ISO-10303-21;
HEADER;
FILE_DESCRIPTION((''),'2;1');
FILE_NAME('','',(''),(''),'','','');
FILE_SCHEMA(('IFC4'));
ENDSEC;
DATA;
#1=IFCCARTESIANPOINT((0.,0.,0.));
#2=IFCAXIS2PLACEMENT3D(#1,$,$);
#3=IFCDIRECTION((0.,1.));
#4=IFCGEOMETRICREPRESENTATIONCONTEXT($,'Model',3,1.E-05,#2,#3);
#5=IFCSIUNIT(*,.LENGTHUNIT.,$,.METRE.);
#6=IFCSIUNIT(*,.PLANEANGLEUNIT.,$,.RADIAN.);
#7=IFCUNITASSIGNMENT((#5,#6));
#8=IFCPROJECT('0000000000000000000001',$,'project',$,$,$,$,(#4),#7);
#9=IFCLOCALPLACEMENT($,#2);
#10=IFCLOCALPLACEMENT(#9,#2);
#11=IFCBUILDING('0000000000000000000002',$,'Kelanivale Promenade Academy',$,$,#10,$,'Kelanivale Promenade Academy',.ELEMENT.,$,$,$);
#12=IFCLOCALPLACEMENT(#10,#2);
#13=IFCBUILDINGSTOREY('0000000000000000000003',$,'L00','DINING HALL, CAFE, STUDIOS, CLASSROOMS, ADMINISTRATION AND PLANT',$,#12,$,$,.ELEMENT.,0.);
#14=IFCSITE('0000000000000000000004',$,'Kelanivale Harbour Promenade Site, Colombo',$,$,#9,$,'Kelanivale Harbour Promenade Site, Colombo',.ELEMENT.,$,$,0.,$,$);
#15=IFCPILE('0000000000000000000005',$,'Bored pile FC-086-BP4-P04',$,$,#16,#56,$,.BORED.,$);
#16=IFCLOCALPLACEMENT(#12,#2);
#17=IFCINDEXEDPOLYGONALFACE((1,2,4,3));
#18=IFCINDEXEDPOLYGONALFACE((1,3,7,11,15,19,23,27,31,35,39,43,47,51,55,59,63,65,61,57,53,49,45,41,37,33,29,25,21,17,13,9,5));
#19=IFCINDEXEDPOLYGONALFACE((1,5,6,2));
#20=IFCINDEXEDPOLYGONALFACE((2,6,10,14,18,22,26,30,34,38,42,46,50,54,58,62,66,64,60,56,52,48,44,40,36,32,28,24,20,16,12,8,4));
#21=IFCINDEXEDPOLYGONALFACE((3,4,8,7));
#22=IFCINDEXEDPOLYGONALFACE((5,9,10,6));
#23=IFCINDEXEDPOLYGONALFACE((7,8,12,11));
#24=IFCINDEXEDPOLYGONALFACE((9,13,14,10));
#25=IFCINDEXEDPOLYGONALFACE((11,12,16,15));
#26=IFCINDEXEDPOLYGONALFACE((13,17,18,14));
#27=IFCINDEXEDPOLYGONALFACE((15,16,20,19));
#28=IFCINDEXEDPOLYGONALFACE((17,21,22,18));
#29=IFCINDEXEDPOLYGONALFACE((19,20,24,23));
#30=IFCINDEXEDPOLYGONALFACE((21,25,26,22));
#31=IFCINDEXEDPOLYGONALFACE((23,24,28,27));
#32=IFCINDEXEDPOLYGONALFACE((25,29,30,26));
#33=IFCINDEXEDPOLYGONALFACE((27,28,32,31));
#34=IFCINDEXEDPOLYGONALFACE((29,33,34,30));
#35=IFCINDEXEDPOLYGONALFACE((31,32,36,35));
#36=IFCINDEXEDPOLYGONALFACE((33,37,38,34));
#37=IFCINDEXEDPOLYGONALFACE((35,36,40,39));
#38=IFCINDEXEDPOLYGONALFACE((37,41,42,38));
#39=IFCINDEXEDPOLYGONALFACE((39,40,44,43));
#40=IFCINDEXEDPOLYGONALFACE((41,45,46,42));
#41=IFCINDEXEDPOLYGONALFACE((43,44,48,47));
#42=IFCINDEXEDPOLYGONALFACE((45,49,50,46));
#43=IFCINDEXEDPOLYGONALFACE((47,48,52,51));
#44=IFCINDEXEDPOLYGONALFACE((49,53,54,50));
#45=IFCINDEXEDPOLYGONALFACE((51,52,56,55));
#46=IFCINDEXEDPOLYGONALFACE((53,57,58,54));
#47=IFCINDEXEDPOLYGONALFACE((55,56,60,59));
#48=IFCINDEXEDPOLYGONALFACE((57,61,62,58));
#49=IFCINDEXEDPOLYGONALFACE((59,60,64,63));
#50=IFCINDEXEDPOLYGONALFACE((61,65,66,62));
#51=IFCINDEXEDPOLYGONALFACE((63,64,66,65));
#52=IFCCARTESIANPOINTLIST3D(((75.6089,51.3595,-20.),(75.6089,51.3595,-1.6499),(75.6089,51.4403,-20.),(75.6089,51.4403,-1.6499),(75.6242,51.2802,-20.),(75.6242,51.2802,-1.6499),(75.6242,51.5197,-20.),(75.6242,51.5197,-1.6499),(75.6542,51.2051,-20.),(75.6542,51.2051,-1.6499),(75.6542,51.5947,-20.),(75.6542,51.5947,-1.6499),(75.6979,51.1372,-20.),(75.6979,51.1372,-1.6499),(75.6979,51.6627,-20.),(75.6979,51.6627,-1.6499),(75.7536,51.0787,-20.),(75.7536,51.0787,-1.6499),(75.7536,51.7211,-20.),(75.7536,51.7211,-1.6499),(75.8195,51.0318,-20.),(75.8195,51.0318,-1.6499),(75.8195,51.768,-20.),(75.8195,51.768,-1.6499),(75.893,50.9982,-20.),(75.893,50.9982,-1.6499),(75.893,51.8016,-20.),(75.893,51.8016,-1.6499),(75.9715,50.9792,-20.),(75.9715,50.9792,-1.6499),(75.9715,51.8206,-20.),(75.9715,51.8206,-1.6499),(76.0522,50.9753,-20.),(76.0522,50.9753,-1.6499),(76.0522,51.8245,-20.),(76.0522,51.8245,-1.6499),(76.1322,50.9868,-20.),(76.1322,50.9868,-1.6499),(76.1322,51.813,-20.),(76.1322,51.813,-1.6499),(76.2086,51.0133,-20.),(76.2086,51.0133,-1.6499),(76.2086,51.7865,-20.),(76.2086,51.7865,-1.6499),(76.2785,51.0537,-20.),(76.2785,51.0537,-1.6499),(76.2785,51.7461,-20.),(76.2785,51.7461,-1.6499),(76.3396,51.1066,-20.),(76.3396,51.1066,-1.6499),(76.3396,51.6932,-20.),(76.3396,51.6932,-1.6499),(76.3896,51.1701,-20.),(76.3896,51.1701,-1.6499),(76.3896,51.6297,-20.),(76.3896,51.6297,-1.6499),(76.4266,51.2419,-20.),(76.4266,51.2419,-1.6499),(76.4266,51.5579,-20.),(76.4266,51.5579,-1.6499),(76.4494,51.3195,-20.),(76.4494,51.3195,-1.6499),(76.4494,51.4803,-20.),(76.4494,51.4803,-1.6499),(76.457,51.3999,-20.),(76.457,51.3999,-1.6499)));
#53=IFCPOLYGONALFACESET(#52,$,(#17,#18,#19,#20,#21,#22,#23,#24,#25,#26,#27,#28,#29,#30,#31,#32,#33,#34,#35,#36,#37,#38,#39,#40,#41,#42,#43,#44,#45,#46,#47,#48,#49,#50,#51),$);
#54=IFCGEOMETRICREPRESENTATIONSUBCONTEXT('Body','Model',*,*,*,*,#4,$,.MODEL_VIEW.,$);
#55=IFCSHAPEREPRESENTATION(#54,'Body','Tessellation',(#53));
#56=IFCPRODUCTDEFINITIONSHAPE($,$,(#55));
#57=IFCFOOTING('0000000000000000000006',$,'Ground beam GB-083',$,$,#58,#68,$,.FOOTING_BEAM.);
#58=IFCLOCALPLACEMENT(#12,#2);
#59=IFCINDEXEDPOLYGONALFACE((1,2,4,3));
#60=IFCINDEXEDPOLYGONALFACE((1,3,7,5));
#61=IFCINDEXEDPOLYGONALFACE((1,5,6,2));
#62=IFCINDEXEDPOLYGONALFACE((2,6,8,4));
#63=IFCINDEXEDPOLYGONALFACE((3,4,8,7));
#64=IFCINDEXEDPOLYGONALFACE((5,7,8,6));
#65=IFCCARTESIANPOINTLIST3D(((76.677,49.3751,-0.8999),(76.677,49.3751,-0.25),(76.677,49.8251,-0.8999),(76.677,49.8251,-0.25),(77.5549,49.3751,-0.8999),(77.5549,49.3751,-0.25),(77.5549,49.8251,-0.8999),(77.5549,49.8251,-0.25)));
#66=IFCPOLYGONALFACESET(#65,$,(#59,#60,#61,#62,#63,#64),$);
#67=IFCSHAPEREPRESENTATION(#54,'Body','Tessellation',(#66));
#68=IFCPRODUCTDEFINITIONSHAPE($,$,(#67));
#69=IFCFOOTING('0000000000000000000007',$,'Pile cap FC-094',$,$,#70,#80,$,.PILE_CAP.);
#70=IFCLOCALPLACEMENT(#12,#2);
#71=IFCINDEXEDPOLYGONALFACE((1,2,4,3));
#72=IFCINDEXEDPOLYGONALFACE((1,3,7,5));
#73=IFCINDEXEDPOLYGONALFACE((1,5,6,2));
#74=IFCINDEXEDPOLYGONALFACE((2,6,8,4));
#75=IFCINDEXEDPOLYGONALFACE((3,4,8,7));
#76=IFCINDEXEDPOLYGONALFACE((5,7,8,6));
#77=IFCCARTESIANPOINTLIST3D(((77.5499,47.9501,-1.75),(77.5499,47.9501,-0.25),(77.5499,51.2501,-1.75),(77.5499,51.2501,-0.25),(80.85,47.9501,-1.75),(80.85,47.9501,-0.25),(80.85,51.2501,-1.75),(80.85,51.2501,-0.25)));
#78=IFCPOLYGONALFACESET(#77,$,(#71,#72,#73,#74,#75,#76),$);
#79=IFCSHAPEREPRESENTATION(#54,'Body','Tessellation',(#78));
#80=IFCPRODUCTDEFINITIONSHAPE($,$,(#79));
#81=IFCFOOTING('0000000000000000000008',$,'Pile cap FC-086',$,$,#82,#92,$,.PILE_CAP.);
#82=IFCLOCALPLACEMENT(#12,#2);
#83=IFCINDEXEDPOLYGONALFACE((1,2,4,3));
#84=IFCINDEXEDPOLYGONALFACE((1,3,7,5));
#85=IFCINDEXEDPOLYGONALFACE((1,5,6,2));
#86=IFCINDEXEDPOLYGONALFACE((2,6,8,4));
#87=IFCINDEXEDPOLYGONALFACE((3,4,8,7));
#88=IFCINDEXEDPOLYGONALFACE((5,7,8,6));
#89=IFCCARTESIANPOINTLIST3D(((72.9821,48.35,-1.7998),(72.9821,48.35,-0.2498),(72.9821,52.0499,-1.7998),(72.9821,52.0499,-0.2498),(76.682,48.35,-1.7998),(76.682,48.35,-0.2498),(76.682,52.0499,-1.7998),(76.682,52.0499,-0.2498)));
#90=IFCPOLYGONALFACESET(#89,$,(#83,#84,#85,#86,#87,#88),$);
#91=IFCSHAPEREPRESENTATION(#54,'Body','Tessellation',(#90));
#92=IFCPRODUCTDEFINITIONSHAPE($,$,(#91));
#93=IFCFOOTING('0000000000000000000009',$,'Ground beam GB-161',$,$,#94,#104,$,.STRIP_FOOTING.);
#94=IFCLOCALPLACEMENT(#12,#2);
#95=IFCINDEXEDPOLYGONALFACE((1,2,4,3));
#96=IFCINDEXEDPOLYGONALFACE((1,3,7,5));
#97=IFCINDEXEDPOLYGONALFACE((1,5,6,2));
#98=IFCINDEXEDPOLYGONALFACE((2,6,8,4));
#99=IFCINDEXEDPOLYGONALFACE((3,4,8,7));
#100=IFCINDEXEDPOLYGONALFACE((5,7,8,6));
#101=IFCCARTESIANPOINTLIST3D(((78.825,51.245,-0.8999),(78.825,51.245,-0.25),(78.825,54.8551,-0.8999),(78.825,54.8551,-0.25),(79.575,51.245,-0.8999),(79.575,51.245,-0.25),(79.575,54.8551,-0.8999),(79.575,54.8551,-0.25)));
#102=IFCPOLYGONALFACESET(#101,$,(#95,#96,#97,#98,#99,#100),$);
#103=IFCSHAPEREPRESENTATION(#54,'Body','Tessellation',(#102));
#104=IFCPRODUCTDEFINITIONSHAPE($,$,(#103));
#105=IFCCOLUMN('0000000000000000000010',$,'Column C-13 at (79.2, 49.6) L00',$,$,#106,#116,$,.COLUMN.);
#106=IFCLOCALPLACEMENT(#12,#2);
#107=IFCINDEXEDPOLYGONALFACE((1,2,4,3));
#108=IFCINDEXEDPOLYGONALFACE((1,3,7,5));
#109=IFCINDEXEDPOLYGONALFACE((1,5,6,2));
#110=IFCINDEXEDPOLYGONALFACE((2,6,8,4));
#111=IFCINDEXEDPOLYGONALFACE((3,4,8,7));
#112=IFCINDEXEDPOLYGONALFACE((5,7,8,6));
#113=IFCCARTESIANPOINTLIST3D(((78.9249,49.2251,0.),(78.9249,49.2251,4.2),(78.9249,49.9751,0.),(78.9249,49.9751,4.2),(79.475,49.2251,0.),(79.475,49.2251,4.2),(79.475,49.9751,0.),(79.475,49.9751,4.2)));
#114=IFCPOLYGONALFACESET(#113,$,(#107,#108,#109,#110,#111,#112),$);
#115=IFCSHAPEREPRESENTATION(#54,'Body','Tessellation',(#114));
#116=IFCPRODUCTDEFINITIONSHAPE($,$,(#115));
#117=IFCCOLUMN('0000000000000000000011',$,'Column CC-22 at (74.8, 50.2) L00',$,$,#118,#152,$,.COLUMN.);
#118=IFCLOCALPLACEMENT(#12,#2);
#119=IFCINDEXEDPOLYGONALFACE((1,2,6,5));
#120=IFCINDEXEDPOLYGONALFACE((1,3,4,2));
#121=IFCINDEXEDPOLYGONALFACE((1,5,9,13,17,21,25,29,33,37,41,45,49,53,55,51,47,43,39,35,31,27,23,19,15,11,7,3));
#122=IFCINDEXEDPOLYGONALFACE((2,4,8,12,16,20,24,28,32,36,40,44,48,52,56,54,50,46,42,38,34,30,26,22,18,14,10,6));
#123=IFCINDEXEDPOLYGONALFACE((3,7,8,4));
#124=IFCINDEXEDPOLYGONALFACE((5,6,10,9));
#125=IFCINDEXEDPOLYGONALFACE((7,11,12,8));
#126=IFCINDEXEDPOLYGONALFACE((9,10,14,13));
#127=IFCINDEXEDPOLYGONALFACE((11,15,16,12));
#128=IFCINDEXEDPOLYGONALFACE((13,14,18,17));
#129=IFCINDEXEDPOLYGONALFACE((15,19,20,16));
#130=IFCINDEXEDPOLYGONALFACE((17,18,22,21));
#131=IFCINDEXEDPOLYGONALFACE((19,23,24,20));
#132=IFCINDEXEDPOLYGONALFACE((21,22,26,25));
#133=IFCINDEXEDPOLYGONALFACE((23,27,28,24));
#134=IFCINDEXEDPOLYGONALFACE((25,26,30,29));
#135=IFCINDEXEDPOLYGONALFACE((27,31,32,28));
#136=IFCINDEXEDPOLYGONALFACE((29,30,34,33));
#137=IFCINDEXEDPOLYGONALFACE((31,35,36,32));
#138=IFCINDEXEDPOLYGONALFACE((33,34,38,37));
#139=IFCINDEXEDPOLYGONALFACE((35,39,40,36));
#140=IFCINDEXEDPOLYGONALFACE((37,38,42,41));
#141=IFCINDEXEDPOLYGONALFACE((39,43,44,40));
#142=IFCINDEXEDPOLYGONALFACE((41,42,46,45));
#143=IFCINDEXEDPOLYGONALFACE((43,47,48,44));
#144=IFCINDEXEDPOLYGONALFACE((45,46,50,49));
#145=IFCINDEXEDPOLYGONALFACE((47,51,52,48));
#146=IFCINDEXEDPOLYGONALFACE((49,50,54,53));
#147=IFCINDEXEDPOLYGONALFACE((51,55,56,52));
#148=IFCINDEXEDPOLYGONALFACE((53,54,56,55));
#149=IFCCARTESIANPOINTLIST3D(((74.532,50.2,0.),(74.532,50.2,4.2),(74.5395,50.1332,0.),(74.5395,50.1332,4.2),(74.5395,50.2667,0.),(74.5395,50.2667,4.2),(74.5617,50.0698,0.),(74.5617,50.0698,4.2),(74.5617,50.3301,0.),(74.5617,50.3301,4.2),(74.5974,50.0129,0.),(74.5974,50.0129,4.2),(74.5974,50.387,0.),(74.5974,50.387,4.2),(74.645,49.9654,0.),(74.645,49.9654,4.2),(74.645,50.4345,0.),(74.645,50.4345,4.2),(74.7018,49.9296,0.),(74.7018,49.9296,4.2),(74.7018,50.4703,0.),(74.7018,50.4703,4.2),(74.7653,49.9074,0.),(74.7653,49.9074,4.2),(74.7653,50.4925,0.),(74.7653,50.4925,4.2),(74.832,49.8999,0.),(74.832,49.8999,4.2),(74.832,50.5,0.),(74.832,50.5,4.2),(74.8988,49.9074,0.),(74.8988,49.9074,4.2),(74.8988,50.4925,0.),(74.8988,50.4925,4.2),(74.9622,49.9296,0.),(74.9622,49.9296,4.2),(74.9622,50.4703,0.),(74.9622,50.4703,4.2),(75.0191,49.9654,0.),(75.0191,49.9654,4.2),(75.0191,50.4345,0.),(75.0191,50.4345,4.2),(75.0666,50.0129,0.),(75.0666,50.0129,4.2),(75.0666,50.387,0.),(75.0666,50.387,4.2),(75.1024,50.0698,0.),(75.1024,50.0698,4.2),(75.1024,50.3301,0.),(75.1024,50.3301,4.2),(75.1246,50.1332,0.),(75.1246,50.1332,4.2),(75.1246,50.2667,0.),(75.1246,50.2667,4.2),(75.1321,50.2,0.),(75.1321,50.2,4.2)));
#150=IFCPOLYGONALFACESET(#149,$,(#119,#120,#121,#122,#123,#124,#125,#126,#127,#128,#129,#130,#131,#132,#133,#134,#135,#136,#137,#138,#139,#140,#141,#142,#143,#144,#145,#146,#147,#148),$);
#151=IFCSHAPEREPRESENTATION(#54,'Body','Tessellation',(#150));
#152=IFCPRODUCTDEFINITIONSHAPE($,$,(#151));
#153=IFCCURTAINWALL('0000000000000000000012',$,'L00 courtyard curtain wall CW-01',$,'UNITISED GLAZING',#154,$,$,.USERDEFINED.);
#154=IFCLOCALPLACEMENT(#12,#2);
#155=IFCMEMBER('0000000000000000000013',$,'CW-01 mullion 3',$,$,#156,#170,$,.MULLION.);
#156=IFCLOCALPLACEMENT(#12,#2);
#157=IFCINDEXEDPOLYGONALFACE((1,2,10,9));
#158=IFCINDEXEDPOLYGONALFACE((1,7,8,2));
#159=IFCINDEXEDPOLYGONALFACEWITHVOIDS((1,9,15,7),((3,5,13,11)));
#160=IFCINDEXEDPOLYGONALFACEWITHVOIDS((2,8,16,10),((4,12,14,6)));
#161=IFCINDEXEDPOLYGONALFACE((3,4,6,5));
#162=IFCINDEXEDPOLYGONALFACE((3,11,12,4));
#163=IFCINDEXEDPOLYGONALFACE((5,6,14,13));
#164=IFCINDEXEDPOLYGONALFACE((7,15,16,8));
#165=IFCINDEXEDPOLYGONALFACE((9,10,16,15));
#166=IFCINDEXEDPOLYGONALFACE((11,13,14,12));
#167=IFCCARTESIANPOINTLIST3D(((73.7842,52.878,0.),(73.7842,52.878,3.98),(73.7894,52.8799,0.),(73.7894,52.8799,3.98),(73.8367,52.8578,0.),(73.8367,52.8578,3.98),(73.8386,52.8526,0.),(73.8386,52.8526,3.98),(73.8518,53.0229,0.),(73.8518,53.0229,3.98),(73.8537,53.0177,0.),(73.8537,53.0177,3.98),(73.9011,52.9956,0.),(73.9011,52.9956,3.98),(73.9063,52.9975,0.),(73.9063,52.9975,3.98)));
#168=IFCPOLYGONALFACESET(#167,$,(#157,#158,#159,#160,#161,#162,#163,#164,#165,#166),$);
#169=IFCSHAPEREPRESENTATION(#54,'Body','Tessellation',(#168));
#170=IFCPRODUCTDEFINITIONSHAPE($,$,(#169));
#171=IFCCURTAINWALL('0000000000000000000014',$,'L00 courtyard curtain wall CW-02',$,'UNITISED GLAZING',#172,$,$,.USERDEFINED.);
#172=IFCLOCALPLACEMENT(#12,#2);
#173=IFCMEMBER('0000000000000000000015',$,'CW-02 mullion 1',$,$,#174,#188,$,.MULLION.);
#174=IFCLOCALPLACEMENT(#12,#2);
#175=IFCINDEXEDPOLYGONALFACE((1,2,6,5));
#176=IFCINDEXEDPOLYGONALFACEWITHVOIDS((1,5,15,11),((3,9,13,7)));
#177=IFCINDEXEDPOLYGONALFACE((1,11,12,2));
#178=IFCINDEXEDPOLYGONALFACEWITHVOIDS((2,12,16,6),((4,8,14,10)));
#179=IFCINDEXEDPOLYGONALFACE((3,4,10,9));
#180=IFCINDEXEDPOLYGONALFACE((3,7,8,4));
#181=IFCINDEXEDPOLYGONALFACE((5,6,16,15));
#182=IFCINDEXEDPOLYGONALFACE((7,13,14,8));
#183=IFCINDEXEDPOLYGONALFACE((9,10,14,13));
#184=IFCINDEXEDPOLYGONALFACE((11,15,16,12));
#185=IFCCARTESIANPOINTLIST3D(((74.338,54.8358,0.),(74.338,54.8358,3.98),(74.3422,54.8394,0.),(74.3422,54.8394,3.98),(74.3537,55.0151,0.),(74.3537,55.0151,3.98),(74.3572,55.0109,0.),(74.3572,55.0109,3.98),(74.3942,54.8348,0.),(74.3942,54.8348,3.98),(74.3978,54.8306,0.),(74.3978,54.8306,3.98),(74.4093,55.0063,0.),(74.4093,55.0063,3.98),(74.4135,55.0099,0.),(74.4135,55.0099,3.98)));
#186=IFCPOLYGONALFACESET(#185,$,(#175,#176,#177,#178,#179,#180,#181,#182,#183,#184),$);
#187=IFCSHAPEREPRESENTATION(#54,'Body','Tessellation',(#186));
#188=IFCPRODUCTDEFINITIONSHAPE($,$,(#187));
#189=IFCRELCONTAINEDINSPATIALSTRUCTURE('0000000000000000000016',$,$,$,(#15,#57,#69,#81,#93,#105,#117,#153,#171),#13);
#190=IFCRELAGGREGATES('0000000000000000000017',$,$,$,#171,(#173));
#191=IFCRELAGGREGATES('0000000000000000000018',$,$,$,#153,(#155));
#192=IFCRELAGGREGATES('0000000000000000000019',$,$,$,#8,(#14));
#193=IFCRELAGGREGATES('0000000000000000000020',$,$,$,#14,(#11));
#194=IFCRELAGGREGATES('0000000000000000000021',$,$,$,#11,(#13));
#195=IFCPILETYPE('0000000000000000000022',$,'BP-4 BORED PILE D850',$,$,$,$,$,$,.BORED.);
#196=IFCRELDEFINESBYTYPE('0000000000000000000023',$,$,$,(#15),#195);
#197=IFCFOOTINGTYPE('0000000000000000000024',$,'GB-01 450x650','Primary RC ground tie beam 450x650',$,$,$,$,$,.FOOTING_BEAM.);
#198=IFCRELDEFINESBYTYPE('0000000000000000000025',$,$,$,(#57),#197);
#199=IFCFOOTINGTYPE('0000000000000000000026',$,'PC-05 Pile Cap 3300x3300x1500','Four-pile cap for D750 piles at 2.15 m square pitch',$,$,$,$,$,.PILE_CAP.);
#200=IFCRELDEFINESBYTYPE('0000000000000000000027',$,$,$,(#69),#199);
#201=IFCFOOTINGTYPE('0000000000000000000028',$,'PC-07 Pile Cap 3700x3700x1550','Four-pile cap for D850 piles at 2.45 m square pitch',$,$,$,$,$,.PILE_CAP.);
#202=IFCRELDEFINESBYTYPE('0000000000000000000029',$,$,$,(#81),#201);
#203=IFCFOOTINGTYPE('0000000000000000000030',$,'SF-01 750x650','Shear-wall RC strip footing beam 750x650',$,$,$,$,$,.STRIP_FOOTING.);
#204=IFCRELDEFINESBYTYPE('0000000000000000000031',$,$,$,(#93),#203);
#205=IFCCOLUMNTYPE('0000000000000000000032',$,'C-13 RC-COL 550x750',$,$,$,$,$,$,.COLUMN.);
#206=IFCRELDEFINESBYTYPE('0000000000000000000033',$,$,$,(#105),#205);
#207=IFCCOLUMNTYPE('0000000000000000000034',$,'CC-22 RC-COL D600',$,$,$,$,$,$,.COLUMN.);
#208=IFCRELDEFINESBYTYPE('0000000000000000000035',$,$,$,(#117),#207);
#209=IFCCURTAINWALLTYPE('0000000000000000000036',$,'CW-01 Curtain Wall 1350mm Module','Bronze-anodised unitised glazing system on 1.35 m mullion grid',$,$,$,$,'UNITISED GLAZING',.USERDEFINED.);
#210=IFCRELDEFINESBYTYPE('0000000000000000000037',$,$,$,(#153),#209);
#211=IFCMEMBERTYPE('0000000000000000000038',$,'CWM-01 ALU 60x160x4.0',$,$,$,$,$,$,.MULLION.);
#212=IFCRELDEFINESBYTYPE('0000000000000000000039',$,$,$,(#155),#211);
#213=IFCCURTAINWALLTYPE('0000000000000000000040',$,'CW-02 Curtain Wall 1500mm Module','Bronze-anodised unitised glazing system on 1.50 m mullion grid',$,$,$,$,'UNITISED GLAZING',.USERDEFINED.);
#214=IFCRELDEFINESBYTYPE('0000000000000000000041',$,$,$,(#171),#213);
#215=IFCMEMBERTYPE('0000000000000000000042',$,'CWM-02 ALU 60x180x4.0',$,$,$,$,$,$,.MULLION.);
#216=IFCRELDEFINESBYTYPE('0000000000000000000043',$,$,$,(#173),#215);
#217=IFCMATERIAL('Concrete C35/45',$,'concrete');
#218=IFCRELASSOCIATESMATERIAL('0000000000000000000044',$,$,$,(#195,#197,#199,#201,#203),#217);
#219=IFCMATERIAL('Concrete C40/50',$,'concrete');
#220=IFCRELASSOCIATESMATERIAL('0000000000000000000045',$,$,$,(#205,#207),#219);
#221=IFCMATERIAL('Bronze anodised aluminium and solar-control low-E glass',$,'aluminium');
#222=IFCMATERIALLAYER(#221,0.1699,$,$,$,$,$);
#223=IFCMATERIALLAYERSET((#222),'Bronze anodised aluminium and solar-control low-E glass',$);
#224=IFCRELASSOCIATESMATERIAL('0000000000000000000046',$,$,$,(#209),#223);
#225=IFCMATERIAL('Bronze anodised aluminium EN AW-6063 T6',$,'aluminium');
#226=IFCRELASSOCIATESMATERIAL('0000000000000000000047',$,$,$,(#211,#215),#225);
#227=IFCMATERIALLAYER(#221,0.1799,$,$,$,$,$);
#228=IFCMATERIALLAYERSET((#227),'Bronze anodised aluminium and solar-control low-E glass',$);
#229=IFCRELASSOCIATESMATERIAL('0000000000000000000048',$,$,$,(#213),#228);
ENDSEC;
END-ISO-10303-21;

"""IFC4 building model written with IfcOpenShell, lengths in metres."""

from ifc_helpers import new_model, si_unit, direction, frame, origin, origin_2d, place, context, subcontext, project, spatial, rectangle, hollow_rectangle, circle, extrude, material, layer, layer_set, material_profile, profile_set, type_object, element, aggregate, save


model = new_model("IFC4")

# Units and contexts
model_context = context("Model", 3, precision=1e-05, world=origin(), true_north=direction((0.0, 1.0)))
body_context = subcontext(model_context, "Body", "Model", "MODEL_VIEW")
ifc_project = project(units=[si_unit("LENGTHUNIT", "METRE"), si_unit("PLANEANGLEUNIT", "RADIAN")], contexts=[model_context])

# Site, building, storey
site_placement = place(None, origin())
site = spatial("IfcSite", under=ifc_project, at=site_placement, Name="Kelanivale Harbour Promenade Site, Colombo", LongName="Kelanivale Harbour Promenade Site, Colombo", CompositionType="ELEMENT", RefElevation=0.0)
building_placement = place(site_placement, origin())
building = spatial("IfcBuilding", under=site, at=building_placement, Name="Kelanivale Promenade Academy", LongName="Kelanivale Promenade Academy", CompositionType="ELEMENT")
storey_placement = place(building_placement, origin())
storey = spatial("IfcBuildingStorey", under=building, at=storey_placement, Name="L00", Description="DINING HALL, CAFE, STUDIOS, CLASSROOMS, ADMINISTRATION AND PLANT", CompositionType="ELEMENT", Elevation=0.0)

# Pile
ifc_material_1 = material(Name="Concrete C35/45", Category="concrete")
ifc_material_profile_1 = material_profile(ifc_material_1, circle(Radius=0.425, at=origin_2d()), Name="BORED PILE D850")
ifc_profile_set_1 = profile_set([ifc_material_profile_1], Name="Concrete C35/45")
pile_type_1 = type_object("IfcPileType", Name="BP-4 BORED PILE D850", PredefinedType="BORED", material=ifc_profile_set_1)
for number, where, z_axis, x_axis, name in (
    (1, (76.032, 51.3999, -1.6499), (0.0, 0.0, -1.0), (1.0, 0.0, 0.0), "Bored pile FC-086-BP4-P04"),
):
    element("IfcPile", number, at=place(storey_placement, frame(where, z_axis=z_axis, x_axis=x_axis)), inside=storey, type_object=pile_type_1, Name=name, PredefinedType="BORED", context=body_context, shape_type="SweptSolid", body=[
        extrude(circle(Radius=0.425, at=origin_2d()), origin(), (0.0, 0.0, 1.0), 18.3501),
    ])

# Footings
footing_type_1 = type_object("IfcFootingType", Name="GB-01 450x650", Description="Primary RC ground tie beam 450x650", PredefinedType="FOOTING_BEAM", material=ifc_material_1)
footing_1_placement = place(storey_placement, frame((77.116, 49.6001, -0.8999), z_axis=(0.0, 0.0, 1.0), x_axis=(1.0, 0.0, 0.0)))
element("IfcFooting", 2, at=footing_1_placement, inside=storey, type_object=footing_type_1, Name="Ground beam GB-083", PredefinedType="FOOTING_BEAM", context=body_context, shape_type="SweptSolid", body=[
    extrude(rectangle(XDim=0.8779, YDim=0.45, at=origin_2d()), origin(), (0.0, 0.0, 1.0), 0.6499),
])
footing_type_2 = type_object("IfcFootingType", Name="PC-05 Pile Cap 3300x3300x1500", Description="Four-pile cap for D750 piles at 2.15 m square pitch", PredefinedType="PILE_CAP", material=ifc_material_1)
footing_2_placement = place(storey_placement, frame((79.2, 49.6001, -1.75), z_axis=(0.0, 0.0, 1.0), x_axis=(1.0, 0.0, 0.0)))
element("IfcFooting", 3, at=footing_2_placement, inside=storey, type_object=footing_type_2, Name="Pile cap FC-094", PredefinedType="PILE_CAP", context=body_context, shape_type="SweptSolid", body=[
    extrude(rectangle(XDim=3.3, YDim=3.3, at=origin_2d()), origin(), (0.0, 0.0, 1.0), 1.5),
])
footing_type_3 = type_object("IfcFootingType", Name="PC-07 Pile Cap 3700x3700x1550", Description="Four-pile cap for D850 piles at 2.45 m square pitch", PredefinedType="PILE_CAP", material=ifc_material_1)
footing_3_placement = place(storey_placement, frame((74.832, 50.2, -1.7998), z_axis=(0.0, 0.0, 1.0), x_axis=(1.0, 0.0, 0.0)))
element("IfcFooting", 4, at=footing_3_placement, inside=storey, type_object=footing_type_3, Name="Pile cap FC-086", PredefinedType="PILE_CAP", context=body_context, shape_type="SweptSolid", body=[
    extrude(rectangle(XDim=3.7, YDim=3.7, at=origin_2d()), origin(), (0.0, 0.0, 1.0), 1.55),
])
footing_type_4 = type_object("IfcFootingType", Name="SF-01 750x650", Description="Shear-wall RC strip footing beam 750x650", PredefinedType="STRIP_FOOTING", material=ifc_material_1)
footing_4_placement = place(storey_placement, frame((79.2, 53.05, -0.8999), z_axis=(0.0, 0.0, 1.0), x_axis=(0.0, 1.0, 0.0)))
element("IfcFooting", 5, at=footing_4_placement, inside=storey, type_object=footing_type_4, Name="Ground beam GB-161", PredefinedType="STRIP_FOOTING", context=body_context, shape_type="SweptSolid", body=[
    extrude(rectangle(XDim=3.6101, YDim=0.75, at=origin_2d()), origin(), (0.0, 0.0, 1.0), 0.6499),
])

# Columns
ifc_material_2 = material(Name="Concrete C40/50", Category="concrete")
ifc_material_profile_2 = material_profile(ifc_material_2, rectangle(XDim=0.55, YDim=0.75, at=origin_2d()), Name="RC-COL 550x750")
ifc_profile_set_2 = profile_set([ifc_material_profile_2], Name="Concrete C40/50")
column_type_1 = type_object("IfcColumnType", Name="C-13 RC-COL 550x750", PredefinedType="COLUMN", material=ifc_profile_set_2)
column_1_placement = place(storey_placement, frame((79.2, 49.6001, 0.0), z_axis=(0.0, 0.0, 1.0), x_axis=(1.0, 0.0, 0.0)))
element("IfcColumn", 6, at=column_1_placement, inside=storey, type_object=column_type_1, Name="Column C-13 at (79.2, 49.6) L00", PredefinedType="COLUMN", context=body_context, shape_type="SweptSolid", body=[
    extrude(rectangle(XDim=0.55, YDim=0.75, at=origin_2d()), origin(), (0.0, 0.0, 1.0), 4.2),
])
ifc_material_profile_3 = material_profile(ifc_material_2, circle(Radius=0.3, at=origin_2d()), Name="RC-COL D600")
ifc_profile_set_3 = profile_set([ifc_material_profile_3], Name="Concrete C40/50")
column_type_2 = type_object("IfcColumnType", Name="CC-22 RC-COL D600", PredefinedType="COLUMN", material=ifc_profile_set_3)
column_2_placement = place(storey_placement, frame((74.832, 50.2, 0.0), z_axis=(0.0, 0.0, 1.0), x_axis=(1.0, 0.0, 0.0)))
element("IfcColumn", 7, at=column_2_placement, inside=storey, type_object=column_type_2, Name="Column CC-22 at (74.8, 50.2) L00", PredefinedType="COLUMN", context=body_context, shape_type="SweptSolid", body=[
    extrude(circle(Radius=0.3, at=origin_2d()), origin(), (0.0, 0.0, 1.0), 4.2),
])

# Curtain walls, members
ifc_material_3 = material(Name="Bronze anodised aluminium and solar-control low-E glass", Category="aluminium")
ifc_layer_1 = layer(ifc_material_3, 0.1699)
ifc_layer_set_1 = layer_set([ifc_layer_1], Name="Bronze anodised aluminium and solar-control low-E glass")
curtain_wall_type_1 = type_object("IfcCurtainWallType", Name="CW-01 Curtain Wall 1350mm Module", Description="Bronze-anodised unitised glazing system on 1.35 m mullion grid", ElementType="UNITISED GLAZING", PredefinedType="USERDEFINED", material=ifc_layer_set_1)
curtain_wall_1_placement = place(storey_placement, origin())
curtain_wall_1 = element("IfcCurtainWall", 8, at=curtain_wall_1_placement, inside=storey, type_object=curtain_wall_type_1, Name="L00 courtyard curtain wall CW-01", ObjectType="UNITISED GLAZING", PredefinedType="USERDEFINED")
ifc_material_4 = material(Name="Bronze anodised aluminium EN AW-6063 T6", Category="aluminium")
ifc_material_profile_4 = material_profile(ifc_material_4, hollow_rectangle(XDim=0.0601, YDim=0.1599, WallThickness=0.0039, at=origin_2d()), Name="ALU 60x160x4.0")
ifc_profile_set_4 = profile_set([ifc_material_profile_4], Name="Bronze anodised aluminium EN AW-6063 T6")
member_type_1 = type_object("IfcMemberType", Name="CWM-01 ALU 60x160x4.0", PredefinedType="MULLION", material=ifc_profile_set_4)
member_1_placement = place(storey_placement, frame((73.8452, 52.9377, 0.0), z_axis=(0.0, 0.0, 1.0), x_axis=(-0.906089, 0.423087, 0.0)))
member_1 = element("IfcMember", 9, at=member_1_placement, type_object=member_type_1, Name="CW-01 mullion 3", PredefinedType="MULLION", context=body_context, shape_type="SweptSolid", body=[
    extrude(hollow_rectangle(XDim=0.0601, YDim=0.1599, WallThickness=0.0039, at=origin_2d()), origin(), (0.0, 0.0, 1.0), 3.98),
])
ifc_layer_2 = layer(ifc_material_3, 0.1799)
ifc_layer_set_2 = layer_set([ifc_layer_2], Name="Bronze anodised aluminium and solar-control low-E glass")
curtain_wall_type_2 = type_object("IfcCurtainWallType", Name="CW-02 Curtain Wall 1500mm Module", Description="Bronze-anodised unitised glazing system on 1.50 m mullion grid", ElementType="UNITISED GLAZING", PredefinedType="USERDEFINED", material=ifc_layer_set_2)
curtain_wall_2_placement = place(storey_placement, origin())
curtain_wall_2 = element("IfcCurtainWall", 10, at=curtain_wall_2_placement, inside=storey, type_object=curtain_wall_type_2, Name="L00 courtyard curtain wall CW-02", ObjectType="UNITISED GLAZING", PredefinedType="USERDEFINED")
ifc_material_profile_5 = material_profile(ifc_material_4, hollow_rectangle(XDim=0.0601, YDim=0.1799, WallThickness=0.0039, at=origin_2d()), Name="ALU 60x180x4.0")
ifc_profile_set_5 = profile_set([ifc_material_profile_5], Name="Bronze anodised aluminium EN AW-6063 T6")
member_type_2 = type_object("IfcMemberType", Name="CWM-02 ALU 60x180x4.0", PredefinedType="MULLION", material=ifc_profile_set_5)
member_2_placement = place(storey_placement, frame((74.3757, 54.9229, 0.0), z_axis=(0.0, 0.0, 1.0), x_axis=(-0.996185, 0.087265, 0.0)))
member_2 = element("IfcMember", 11, at=member_2_placement, type_object=member_type_2, Name="CW-02 mullion 1", PredefinedType="MULLION", context=body_context, shape_type="SweptSolid", body=[
    extrude(hollow_rectangle(XDim=0.0601, YDim=0.1799, WallThickness=0.0039, at=origin_2d()), origin(), (0.0, 0.0, 1.0), 3.98),
])

aggregate(curtain_wall_2, [member_2])

aggregate(curtain_wall_1, [member_1])

save(model, "model.ifc")
